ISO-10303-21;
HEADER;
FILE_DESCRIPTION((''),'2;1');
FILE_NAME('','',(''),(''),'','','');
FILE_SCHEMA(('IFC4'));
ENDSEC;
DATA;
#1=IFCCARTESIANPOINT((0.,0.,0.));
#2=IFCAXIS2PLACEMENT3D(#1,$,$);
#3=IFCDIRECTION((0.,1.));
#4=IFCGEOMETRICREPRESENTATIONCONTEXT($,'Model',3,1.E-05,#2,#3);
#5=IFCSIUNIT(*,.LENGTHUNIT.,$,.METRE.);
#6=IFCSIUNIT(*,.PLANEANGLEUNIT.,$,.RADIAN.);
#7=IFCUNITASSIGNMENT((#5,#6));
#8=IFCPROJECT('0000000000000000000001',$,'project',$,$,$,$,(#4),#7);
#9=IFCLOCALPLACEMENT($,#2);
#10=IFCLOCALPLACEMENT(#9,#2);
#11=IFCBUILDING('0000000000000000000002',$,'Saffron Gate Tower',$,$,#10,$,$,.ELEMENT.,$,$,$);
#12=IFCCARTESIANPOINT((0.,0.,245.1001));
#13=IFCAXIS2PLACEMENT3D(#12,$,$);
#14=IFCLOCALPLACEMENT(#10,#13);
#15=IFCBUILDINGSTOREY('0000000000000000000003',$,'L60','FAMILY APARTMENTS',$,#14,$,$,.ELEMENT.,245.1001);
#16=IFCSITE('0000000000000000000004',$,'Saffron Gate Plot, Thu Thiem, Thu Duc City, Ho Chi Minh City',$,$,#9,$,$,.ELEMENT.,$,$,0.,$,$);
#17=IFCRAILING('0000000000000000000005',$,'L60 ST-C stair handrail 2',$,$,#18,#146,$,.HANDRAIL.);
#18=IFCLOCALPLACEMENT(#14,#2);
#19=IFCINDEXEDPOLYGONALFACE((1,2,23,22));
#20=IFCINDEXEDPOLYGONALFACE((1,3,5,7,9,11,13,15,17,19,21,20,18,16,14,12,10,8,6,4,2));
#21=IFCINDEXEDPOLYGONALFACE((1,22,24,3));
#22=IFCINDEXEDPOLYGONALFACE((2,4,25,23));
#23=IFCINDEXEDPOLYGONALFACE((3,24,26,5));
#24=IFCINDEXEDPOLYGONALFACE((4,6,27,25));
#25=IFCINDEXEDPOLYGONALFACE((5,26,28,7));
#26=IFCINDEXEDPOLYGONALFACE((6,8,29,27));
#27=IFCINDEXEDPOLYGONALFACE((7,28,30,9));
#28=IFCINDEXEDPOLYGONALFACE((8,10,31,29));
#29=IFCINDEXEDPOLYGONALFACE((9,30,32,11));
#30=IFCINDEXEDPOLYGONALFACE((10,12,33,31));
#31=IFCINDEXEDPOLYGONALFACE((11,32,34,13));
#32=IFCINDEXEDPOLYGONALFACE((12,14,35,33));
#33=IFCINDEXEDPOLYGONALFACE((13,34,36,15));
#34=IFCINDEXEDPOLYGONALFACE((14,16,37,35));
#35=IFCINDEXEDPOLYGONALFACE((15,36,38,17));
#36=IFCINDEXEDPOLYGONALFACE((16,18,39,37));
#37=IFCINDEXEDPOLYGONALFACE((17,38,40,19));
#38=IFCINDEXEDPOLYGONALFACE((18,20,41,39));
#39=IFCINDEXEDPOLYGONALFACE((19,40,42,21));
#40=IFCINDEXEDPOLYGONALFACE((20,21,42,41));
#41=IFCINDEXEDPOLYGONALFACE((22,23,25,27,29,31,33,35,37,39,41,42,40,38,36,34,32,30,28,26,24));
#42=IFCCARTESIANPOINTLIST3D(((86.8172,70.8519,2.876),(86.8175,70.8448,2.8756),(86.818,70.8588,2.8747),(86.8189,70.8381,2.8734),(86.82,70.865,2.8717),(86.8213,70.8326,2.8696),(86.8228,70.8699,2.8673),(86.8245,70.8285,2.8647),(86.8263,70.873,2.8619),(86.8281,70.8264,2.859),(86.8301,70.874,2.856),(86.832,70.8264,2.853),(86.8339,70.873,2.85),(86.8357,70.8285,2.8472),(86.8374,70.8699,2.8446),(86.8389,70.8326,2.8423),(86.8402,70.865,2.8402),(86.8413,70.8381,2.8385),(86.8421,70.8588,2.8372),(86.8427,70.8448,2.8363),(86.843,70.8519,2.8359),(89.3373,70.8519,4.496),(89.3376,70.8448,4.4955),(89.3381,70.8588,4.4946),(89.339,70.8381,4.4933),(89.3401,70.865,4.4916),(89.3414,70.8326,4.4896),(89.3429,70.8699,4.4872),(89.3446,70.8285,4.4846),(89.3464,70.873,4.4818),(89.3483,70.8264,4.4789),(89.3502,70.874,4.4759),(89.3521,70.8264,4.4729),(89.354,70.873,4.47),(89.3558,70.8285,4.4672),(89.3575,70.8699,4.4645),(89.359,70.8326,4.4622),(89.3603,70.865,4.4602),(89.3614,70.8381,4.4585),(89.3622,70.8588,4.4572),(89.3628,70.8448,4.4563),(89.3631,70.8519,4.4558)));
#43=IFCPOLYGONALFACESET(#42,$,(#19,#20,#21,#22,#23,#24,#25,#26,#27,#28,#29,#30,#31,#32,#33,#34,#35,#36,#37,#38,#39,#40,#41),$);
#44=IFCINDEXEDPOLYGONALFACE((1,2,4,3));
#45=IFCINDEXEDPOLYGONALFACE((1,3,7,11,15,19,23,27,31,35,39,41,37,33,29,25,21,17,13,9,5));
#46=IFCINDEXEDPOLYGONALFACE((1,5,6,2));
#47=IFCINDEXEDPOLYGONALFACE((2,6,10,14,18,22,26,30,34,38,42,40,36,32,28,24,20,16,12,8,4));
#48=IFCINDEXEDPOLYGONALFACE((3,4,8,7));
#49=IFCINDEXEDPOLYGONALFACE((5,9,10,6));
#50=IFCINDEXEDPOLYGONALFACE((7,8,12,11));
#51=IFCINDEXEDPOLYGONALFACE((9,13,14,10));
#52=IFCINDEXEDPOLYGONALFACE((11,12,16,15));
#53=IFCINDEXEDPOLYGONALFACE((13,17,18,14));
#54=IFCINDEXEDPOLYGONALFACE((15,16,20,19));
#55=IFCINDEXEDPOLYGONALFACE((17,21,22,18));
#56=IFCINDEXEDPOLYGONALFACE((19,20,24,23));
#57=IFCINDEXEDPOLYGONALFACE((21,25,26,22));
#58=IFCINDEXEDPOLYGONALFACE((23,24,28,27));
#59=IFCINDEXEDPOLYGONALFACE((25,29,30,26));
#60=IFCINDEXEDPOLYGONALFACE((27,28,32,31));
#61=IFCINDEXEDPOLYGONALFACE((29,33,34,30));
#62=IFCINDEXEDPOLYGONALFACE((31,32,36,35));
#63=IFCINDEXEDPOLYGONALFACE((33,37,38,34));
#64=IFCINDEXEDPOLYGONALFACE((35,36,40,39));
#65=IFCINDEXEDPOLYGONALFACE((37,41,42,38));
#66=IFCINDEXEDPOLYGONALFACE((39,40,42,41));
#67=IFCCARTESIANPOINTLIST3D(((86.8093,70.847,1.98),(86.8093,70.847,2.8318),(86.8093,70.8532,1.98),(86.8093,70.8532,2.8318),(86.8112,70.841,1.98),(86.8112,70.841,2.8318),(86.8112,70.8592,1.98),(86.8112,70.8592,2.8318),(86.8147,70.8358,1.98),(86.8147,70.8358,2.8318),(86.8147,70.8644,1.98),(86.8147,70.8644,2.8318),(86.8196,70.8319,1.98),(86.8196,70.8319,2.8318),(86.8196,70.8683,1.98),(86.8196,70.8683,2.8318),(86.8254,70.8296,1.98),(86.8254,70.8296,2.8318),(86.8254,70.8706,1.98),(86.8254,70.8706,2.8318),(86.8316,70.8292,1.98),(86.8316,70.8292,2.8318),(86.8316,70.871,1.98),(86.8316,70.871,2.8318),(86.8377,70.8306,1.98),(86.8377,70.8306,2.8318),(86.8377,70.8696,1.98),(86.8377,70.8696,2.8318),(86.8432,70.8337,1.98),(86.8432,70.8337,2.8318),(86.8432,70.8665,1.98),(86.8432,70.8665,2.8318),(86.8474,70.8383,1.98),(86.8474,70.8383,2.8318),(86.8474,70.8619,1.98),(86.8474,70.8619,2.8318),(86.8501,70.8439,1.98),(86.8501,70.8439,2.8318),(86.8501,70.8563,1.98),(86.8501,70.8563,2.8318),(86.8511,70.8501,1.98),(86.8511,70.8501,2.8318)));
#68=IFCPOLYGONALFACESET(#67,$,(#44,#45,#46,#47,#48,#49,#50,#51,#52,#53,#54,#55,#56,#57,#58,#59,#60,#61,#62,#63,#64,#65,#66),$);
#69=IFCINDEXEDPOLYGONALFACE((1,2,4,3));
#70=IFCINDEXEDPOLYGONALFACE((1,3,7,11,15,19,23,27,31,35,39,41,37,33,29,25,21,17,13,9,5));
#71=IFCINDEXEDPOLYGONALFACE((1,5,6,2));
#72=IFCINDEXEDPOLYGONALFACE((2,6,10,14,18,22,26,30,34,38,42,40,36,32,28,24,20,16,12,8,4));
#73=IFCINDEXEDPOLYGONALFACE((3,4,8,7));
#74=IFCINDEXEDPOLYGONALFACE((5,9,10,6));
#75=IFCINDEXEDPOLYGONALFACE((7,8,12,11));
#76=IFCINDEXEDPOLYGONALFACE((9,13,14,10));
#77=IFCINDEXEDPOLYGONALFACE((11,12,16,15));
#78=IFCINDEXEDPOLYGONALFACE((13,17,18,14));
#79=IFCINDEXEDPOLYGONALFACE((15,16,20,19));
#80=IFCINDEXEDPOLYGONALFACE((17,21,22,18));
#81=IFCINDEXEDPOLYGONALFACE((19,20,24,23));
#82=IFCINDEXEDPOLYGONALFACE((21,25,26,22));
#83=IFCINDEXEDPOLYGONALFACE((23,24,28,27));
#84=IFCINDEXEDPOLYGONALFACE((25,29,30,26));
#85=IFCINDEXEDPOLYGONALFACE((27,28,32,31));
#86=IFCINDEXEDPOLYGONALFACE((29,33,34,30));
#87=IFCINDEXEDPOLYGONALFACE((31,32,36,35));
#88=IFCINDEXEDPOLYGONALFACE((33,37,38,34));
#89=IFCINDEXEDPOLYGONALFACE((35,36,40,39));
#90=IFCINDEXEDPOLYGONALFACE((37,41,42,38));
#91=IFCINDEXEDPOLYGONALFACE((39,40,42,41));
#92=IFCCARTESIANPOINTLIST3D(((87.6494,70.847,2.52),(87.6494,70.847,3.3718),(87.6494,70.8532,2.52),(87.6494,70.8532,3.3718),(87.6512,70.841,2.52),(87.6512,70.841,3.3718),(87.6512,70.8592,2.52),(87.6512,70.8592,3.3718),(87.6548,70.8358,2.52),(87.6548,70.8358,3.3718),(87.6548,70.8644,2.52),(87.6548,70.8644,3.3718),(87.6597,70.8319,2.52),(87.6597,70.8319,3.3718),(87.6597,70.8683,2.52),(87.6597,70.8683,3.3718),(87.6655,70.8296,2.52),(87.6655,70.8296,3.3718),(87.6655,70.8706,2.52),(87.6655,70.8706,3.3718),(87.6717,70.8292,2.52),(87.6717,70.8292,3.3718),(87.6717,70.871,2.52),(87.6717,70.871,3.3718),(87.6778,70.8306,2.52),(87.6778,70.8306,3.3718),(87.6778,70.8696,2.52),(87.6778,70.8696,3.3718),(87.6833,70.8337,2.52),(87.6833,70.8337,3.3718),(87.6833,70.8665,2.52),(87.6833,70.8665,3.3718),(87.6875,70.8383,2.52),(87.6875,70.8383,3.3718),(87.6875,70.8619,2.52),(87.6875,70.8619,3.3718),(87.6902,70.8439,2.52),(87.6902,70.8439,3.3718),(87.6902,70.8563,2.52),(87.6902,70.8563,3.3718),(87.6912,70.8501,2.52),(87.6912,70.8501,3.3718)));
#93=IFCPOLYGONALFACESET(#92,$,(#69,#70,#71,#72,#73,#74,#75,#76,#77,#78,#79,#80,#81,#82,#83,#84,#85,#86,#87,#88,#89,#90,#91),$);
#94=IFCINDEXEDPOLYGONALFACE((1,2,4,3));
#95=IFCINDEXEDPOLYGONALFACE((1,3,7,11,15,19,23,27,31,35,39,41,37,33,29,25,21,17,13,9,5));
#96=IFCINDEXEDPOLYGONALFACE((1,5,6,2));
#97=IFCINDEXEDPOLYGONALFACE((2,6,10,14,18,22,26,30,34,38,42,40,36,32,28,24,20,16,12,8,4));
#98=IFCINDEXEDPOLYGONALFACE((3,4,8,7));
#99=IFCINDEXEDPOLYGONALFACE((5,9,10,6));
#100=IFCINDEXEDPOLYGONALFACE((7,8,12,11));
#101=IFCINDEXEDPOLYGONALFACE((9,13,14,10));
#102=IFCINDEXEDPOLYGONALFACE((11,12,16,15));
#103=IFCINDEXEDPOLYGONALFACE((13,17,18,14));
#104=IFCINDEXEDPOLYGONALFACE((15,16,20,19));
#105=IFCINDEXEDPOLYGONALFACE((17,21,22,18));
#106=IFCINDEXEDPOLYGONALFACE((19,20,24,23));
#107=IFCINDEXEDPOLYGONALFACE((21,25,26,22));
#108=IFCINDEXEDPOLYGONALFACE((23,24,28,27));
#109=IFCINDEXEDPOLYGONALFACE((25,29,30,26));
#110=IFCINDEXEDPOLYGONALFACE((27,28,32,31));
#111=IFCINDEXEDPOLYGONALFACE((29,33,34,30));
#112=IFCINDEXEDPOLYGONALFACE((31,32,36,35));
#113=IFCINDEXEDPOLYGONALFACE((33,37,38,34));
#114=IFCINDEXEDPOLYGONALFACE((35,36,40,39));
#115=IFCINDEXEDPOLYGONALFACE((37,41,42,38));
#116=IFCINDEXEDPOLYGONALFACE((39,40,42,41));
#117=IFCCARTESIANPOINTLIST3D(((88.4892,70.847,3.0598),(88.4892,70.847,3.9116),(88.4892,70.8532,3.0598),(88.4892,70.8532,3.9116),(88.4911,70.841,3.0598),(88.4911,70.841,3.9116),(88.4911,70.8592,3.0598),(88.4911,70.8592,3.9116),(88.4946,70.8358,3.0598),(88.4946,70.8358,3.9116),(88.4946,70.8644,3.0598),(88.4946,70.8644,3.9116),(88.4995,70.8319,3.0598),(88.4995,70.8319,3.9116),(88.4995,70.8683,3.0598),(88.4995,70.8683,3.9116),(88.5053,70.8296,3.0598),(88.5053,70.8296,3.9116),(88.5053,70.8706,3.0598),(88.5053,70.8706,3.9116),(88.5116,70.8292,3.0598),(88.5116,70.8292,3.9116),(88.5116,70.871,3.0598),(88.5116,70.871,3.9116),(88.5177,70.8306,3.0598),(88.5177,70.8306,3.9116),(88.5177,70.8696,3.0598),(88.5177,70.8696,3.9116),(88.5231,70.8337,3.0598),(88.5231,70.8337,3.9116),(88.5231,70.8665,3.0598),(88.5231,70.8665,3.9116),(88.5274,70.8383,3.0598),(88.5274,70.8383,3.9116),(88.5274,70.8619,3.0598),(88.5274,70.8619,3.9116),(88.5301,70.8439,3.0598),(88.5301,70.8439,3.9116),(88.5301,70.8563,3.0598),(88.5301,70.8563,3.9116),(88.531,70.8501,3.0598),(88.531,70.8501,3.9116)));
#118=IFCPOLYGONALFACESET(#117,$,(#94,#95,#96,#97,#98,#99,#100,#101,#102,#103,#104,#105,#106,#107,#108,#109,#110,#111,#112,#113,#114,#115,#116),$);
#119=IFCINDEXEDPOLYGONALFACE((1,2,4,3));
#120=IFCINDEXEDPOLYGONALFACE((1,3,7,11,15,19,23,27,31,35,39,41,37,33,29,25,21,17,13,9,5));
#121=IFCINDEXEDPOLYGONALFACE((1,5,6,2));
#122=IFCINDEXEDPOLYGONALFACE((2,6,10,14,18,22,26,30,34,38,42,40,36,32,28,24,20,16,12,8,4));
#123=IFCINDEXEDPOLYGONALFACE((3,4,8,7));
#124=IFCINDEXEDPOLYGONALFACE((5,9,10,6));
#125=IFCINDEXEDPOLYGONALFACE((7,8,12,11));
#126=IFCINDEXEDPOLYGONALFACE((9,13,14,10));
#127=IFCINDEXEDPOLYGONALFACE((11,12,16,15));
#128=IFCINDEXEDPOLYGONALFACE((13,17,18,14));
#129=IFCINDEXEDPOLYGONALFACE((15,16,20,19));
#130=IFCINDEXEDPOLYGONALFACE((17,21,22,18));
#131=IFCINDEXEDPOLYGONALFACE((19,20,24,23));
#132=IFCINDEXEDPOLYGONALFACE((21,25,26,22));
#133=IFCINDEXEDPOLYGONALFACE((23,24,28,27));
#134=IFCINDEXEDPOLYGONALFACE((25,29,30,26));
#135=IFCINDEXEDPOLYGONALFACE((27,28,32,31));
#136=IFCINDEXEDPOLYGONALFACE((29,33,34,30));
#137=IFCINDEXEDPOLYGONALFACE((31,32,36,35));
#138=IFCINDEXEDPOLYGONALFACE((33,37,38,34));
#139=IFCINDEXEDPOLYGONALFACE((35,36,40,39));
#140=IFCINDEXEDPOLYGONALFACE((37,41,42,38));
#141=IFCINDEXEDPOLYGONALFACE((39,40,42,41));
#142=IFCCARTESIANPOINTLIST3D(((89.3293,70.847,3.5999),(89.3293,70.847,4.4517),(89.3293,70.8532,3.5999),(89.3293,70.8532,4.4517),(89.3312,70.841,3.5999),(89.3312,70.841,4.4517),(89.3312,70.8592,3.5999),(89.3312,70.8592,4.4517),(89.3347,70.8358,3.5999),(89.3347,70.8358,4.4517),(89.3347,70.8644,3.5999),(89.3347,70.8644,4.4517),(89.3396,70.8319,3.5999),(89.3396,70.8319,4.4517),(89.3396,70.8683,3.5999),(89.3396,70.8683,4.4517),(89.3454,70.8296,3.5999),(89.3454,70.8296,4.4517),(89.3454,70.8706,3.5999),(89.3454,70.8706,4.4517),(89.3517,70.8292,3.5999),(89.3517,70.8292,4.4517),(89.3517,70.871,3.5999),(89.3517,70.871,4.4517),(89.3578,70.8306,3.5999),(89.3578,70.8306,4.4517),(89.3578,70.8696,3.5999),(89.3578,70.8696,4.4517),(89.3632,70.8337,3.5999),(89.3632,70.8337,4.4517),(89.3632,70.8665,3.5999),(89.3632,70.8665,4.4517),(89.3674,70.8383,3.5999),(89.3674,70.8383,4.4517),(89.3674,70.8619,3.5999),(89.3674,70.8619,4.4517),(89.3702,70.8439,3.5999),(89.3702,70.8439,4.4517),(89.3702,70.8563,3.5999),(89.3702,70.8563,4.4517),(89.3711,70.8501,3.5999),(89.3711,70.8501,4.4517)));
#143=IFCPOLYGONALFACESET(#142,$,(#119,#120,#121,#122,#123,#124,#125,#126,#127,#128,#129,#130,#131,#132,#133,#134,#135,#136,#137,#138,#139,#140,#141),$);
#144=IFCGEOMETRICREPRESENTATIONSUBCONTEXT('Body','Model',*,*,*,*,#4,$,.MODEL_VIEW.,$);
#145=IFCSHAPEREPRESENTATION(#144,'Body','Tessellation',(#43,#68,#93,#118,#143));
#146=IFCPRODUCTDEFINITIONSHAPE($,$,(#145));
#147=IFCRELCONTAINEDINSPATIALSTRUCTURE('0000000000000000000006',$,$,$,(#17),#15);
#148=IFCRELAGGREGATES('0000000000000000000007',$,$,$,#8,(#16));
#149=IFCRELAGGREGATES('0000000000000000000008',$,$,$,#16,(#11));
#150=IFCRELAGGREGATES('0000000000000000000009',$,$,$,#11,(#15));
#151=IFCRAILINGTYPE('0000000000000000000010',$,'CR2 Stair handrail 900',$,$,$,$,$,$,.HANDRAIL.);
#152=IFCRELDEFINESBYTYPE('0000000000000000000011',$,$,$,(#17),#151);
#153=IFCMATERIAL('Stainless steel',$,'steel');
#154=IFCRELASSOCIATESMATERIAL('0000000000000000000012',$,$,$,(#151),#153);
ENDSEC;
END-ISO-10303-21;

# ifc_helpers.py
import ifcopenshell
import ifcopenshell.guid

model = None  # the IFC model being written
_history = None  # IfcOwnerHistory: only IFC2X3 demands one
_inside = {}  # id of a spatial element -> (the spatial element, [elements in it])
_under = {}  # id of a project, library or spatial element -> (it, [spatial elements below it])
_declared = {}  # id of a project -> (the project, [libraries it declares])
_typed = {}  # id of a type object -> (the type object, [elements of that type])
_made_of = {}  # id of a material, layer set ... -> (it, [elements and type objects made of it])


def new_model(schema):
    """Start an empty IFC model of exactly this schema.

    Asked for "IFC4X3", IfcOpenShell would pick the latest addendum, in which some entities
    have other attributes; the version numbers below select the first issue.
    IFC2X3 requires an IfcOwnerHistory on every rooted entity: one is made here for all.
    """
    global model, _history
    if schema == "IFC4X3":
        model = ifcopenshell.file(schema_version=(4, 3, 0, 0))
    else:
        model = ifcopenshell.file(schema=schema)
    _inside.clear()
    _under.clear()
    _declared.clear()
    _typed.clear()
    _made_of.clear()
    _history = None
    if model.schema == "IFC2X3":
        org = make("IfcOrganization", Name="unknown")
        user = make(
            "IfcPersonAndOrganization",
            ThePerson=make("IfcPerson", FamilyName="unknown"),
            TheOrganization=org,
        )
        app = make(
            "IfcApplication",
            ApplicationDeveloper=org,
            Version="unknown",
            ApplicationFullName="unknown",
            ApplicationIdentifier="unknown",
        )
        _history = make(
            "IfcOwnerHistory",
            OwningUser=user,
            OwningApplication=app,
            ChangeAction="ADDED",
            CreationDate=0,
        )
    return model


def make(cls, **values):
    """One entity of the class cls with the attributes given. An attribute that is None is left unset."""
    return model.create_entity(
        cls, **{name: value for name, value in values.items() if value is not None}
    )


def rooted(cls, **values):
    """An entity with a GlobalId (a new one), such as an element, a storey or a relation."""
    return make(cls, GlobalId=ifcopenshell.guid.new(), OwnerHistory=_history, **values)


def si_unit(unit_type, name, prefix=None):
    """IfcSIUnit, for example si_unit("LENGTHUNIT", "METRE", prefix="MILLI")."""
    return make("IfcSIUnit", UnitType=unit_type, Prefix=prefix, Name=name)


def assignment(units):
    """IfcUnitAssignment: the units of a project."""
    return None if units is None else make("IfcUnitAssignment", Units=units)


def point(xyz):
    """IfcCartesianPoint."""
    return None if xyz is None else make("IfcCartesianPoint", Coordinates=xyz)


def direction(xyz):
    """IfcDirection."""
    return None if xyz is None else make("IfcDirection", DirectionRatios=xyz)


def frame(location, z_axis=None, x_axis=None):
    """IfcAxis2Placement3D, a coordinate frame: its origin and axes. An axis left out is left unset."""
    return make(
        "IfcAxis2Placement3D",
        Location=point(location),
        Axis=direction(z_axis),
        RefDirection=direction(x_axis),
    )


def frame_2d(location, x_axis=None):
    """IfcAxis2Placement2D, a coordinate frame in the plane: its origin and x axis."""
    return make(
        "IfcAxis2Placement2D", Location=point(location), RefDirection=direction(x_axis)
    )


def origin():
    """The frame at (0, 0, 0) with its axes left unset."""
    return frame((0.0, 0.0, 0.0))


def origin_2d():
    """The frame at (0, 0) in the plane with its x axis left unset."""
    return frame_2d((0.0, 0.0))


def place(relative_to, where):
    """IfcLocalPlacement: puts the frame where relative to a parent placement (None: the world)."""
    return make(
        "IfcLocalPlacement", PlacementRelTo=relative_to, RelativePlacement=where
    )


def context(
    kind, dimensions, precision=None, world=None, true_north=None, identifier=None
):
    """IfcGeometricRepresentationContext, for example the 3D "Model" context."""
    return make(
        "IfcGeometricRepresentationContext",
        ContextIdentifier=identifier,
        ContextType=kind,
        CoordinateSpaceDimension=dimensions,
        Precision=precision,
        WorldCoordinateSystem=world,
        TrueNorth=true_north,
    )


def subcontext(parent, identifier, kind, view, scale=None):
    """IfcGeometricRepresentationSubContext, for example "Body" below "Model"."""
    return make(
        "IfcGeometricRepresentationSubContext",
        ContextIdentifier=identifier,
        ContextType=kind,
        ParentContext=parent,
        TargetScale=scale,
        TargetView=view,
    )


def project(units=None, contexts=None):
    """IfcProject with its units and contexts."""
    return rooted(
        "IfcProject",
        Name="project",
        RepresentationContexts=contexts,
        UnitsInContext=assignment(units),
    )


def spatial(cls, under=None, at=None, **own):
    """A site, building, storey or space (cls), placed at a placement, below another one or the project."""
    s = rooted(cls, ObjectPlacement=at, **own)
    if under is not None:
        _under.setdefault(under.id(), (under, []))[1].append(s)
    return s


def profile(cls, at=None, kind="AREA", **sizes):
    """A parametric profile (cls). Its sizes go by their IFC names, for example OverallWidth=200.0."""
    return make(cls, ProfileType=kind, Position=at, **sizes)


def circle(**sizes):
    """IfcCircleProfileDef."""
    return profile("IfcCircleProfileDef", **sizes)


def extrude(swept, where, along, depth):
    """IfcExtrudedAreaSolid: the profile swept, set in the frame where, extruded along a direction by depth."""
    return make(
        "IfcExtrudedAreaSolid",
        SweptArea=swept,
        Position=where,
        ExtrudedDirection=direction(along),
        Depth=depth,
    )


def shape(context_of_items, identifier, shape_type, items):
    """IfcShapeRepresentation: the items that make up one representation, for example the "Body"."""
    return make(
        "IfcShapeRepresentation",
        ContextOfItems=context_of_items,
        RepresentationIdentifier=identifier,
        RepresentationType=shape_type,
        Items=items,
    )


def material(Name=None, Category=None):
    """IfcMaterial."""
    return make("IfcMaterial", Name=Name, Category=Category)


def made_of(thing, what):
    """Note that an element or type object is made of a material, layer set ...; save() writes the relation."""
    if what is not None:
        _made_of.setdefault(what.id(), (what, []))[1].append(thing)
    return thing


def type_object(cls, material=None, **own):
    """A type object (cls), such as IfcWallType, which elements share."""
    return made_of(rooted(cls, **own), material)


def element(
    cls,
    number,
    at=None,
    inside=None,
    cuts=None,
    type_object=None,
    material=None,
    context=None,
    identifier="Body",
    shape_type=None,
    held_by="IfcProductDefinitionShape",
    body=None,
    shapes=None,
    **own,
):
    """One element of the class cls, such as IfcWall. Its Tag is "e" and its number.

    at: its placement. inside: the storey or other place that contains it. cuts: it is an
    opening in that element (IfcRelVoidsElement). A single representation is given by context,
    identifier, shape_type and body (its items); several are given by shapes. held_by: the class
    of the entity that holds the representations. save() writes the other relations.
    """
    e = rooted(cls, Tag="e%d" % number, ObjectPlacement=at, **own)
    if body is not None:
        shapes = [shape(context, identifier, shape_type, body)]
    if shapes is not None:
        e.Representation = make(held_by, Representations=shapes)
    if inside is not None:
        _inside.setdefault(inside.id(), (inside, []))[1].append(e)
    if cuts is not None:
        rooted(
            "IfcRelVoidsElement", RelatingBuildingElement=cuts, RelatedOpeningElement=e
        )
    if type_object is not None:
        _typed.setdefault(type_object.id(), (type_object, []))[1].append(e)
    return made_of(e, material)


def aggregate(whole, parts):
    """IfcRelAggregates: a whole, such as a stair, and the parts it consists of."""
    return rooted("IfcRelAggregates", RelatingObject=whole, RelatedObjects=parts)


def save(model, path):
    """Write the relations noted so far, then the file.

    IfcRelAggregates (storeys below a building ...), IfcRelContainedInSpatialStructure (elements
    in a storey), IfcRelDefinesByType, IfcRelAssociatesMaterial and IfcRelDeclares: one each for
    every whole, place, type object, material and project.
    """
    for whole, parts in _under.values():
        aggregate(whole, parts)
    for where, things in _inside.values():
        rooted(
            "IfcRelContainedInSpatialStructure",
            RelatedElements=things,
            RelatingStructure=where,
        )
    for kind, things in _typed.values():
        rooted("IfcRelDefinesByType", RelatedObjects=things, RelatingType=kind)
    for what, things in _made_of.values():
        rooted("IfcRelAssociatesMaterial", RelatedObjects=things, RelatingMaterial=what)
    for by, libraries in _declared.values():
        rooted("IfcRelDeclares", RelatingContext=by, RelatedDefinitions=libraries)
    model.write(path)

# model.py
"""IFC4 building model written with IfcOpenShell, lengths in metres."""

from ifc_helpers import new_model, si_unit, direction, frame, origin, origin_2d, place, context, subcontext, project, spatial, circle, extrude, material, type_object, element, save


model = new_model("IFC4")

# Units and contexts
model_context = context("Model", 3, precision=1e-05, world=origin(), true_north=direction((0.0, 1.0)))
body_context = subcontext(model_context, "Body", "Model", "MODEL_VIEW")
ifc_project = project(units=[si_unit("LENGTHUNIT", "METRE"), si_unit("PLANEANGLEUNIT", "RADIAN")], contexts=[model_context])

# Site, building, storey
site_placement = place(None, origin())
site = spatial("IfcSite", under=ifc_project, at=site_placement, Name="Saffron Gate Plot, Thu Thiem, Thu Duc City, Ho Chi Minh City", CompositionType="ELEMENT", RefElevation=0.0)
building_placement = place(site_placement, origin())
building = spatial("IfcBuilding", under=site, at=building_placement, Name="Saffron Gate Tower", CompositionType="ELEMENT")
storey_placement = place(building_placement, frame((0.0, 0.0, 245.1001)))
storey = spatial("IfcBuildingStorey", under=building, at=storey_placement, Name="L60", Description="FAMILY APARTMENTS", CompositionType="ELEMENT", Elevation=245.1001)

# Railing
ifc_material_1 = material(Name="Stainless steel", Category="steel")
railing_type_1 = type_object("IfcRailingType", Name="CR2 Stair handrail 900", PredefinedType="HANDRAIL", material=ifc_material_1)
railing_1_placement = place(storey_placement, frame((86.8301, 70.8501, 1.98)))
element("IfcRailing", 1, at=railing_1_placement, inside=storey, type_object=railing_type_1, Name="L60 ST-C stair handrail 2", PredefinedType="HANDRAIL", context=body_context, shape_type="SweptSolid", body=[
    extrude(circle(Radius=0.0239, at=origin_2d()), frame((0.0, 0.0, 0.876), z_axis=(0.8412, 0.0, 0.540725), x_axis=(0.0, 1.0, 0.0)), (0.0, 0.0, 1.0), 2.9958),
    extrude(circle(Radius=0.021, at=origin_2d()), origin(), (0.0, 0.0, 1.0), 0.8518),
    extrude(circle(Radius=0.021, at=origin_2d()), frame((0.8401, 0.0, 0.54)), (0.0, 0.0, 1.0), 0.8518),
    extrude(circle(Radius=0.021, at=origin_2d()), frame((1.6799, 0.0, 1.0798)), (0.0, 0.0, 1.0), 0.8518),
    extrude(circle(Radius=0.021, at=origin_2d()), frame((2.52, 0.0, 1.6199)), (0.0, 0.0, 1.0), 0.8518),
])

save(model, "model.ifc")
